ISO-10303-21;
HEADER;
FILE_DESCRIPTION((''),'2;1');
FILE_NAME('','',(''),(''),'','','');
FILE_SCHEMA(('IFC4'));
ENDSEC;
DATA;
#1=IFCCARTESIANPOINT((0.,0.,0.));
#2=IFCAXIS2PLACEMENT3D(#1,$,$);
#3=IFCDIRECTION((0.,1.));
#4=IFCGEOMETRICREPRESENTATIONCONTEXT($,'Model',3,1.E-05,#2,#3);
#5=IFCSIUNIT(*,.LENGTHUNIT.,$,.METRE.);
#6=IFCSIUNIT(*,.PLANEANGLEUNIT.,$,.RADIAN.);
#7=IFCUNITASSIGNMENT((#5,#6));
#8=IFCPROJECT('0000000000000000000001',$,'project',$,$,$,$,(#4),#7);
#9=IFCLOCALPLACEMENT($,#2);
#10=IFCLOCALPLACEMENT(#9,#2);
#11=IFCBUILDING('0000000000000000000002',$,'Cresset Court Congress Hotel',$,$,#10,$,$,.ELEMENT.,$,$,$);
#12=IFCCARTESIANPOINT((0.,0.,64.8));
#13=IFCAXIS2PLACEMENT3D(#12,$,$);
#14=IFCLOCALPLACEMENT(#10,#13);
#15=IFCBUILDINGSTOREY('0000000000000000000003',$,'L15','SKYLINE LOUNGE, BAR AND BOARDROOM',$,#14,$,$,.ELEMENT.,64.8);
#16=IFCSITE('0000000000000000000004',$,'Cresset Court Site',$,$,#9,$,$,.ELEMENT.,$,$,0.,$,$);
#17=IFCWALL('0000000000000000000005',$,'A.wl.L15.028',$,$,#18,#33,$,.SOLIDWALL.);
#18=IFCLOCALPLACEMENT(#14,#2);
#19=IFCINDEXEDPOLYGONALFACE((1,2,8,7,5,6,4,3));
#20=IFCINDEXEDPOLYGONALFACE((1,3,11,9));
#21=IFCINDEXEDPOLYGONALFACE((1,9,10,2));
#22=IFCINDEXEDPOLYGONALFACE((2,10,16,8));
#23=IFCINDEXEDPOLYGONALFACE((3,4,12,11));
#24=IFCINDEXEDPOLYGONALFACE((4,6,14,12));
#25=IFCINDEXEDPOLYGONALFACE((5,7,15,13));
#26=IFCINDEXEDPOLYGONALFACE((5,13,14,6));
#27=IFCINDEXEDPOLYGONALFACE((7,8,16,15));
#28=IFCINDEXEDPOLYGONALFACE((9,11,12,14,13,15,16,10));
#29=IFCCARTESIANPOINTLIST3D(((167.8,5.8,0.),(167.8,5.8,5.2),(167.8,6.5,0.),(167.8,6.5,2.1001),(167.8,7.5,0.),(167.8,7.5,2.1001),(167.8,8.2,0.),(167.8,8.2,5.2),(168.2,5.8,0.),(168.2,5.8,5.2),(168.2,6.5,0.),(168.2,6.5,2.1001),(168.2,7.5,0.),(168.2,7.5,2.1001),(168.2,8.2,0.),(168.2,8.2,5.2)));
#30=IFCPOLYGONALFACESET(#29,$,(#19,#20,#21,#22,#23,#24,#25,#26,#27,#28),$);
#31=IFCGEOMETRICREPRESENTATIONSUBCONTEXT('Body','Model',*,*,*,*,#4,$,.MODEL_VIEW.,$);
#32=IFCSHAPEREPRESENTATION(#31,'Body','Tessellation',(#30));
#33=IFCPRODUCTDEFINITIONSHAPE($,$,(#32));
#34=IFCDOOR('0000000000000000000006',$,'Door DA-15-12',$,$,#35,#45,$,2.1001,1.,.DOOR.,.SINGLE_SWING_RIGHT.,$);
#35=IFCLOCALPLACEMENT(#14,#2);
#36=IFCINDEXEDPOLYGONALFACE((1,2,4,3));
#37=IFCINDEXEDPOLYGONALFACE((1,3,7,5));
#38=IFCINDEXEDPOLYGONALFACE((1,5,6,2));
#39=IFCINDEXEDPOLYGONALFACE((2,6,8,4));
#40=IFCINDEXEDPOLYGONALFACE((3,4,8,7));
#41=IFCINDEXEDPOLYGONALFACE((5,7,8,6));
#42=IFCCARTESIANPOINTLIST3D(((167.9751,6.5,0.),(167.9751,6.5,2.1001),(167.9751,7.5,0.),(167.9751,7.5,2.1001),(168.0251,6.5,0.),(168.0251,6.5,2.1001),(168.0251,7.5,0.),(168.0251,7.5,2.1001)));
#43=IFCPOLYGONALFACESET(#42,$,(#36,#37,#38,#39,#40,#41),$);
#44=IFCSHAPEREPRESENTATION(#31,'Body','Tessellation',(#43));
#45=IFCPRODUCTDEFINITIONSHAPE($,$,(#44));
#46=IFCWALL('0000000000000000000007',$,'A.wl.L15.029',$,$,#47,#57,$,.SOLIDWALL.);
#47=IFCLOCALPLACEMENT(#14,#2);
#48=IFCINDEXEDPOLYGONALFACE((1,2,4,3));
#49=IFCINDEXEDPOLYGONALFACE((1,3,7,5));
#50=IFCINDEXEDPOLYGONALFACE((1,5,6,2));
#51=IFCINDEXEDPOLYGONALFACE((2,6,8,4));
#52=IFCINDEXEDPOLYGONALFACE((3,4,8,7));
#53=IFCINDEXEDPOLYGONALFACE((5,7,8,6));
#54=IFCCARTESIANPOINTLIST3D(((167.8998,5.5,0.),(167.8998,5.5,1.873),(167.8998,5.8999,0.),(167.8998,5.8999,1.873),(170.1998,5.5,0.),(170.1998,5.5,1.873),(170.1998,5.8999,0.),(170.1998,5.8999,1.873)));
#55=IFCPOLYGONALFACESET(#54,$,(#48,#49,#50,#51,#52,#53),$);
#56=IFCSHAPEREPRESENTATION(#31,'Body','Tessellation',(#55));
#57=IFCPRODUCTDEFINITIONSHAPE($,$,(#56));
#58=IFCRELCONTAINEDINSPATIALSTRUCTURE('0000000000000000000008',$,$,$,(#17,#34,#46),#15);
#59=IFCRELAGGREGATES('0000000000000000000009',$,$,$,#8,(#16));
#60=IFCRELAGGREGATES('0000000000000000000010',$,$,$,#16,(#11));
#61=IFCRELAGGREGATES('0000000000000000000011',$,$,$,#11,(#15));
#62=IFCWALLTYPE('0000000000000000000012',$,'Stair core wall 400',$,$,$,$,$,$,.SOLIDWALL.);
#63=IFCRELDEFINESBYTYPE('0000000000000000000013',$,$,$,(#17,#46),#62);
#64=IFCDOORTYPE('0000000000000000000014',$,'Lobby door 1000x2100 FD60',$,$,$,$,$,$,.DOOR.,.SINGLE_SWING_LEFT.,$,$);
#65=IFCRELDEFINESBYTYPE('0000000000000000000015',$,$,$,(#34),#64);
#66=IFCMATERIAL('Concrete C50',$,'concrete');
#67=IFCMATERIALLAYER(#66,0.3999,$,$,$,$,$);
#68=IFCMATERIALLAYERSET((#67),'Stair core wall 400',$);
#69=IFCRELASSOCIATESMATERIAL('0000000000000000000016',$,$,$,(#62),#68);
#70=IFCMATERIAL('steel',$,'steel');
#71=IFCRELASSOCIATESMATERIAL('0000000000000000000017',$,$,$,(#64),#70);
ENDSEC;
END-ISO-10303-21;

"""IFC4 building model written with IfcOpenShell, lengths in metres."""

from ifc_helpers import new_model, si_unit, direction, frame, frame_2d, origin, place, context, subcontext, project, spatial, rectangle, extrude, material, layer, layer_set, type_object, element, fill, save


model = new_model("IFC4")

# Units and contexts
model_context = context("Model", 3, precision=1e-05, world=origin(), true_north=direction((0.0, 1.0)))
body_context = subcontext(model_context, "Body", "Model", "MODEL_VIEW")
ifc_project = project(units=[si_unit("LENGTHUNIT", "METRE"), si_unit("PLANEANGLEUNIT", "RADIAN")], contexts=[model_context])

# Site, building, storey
site_placement = place(None, origin())
site = spatial("IfcSite", under=ifc_project, at=site_placement, Name="Cresset Court Site", CompositionType="ELEMENT", RefElevation=0.0)
building_placement = place(site_placement, origin())
building = spatial("IfcBuilding", under=site, at=building_placement, Name="Cresset Court Congress Hotel", CompositionType="ELEMENT")
storey_placement = place(building_placement, frame((0.0, 0.0, 64.8)))
storey = spatial("IfcBuildingStorey", under=building, at=storey_placement, Name="L15", Description="SKYLINE LOUNGE, BAR AND BOARDROOM", CompositionType="ELEMENT", Elevation=64.8)

# Shared definitions
ifc_material_1 = material(Name="Concrete C50", Category="concrete")
ifc_layer_1 = layer(ifc_material_1, 0.3999)
ifc_layer_set_1 = layer_set([ifc_layer_1], Name="Stair core wall 400")
wall_type_1 = type_object("IfcWallType", Name="Stair core wall 400", PredefinedType="SOLIDWALL", material=ifc_layer_set_1)

# Wall, opening, door
wall_1_placement = place(storey_placement, frame((168.0, 5.8, 0.0), z_axis=(0.0, 0.0, 1.0), x_axis=(0.0, 1.0, 0.0)))
wall_1 = element("IfcWall", 1, at=wall_1_placement, inside=storey, type_object=wall_type_1, Name="A.wl.L15.028", PredefinedType="SOLIDWALL", context=body_context, shape_type="SweptSolid", body=[
    extrude(rectangle(XDim=2.3999, YDim=0.3999, at=frame_2d((1.2, 0.0))), origin(), (0.0, 0.0, 1.0), 5.2),
])
opening_1_placement = place(wall_1_placement, frame((0.7, 0.0, 0.0)))
opening_1 = element("IfcOpeningElement", 2, at=opening_1_placement, cuts=wall_1, PredefinedType="OPENING", context=body_context, shape_type="SweptSolid", body=[
    extrude(rectangle(XDim=1.0, YDim=2.1001, at=frame_2d((0.5, 1.05))), frame((0.0, 0.21, 0.0), z_axis=(0.0, -1.0, 0.0), x_axis=(1.0, 0.0, 0.0)), (0.0, 0.0, 1.0), 0.4199),
])
ifc_material_2 = material(Name="steel", Category="steel")
door_type_1 = type_object("IfcDoorType", Name="Lobby door 1000x2100 FD60", OperationType="SINGLE_SWING_LEFT", PredefinedType="DOOR", material=ifc_material_2)
door_1_placement = place(opening_1_placement, origin())
door_1 = element("IfcDoor", 3, at=door_1_placement, inside=storey, type_object=door_type_1, Name="Door DA-15-12", OperationType="SINGLE_SWING_RIGHT", OverallHeight=2.1001, OverallWidth=1.0, PredefinedType="DOOR", context=body_context, shape_type="SweptSolid", body=[
    extrude(rectangle(XDim=1.0, YDim=2.1001, at=frame_2d((0.5, 1.05))), frame((0.0, 0.0249, 0.0), z_axis=(0.0, -1.0, 0.0), x_axis=(1.0, 0.0, 0.0)), (0.0, 0.0, 1.0), 0.05),
])
fill(opening_1, door_1)

# Wall
wall_2_placement = place(storey_placement, frame((167.8999, 5.7, 0.0), z_axis=(0.0, 0.0, 1.0), x_axis=(1.0, 0.0, 0.0)))
element("IfcWall", 4, at=wall_2_placement, inside=storey, type_object=wall_type_1, Name="A.wl.L15.029", PredefinedType="SOLIDWALL", context=body_context, shape_type="SweptSolid", body=[
    extrude(rectangle(XDim=2.3, YDim=0.3999, at=frame_2d((1.1499, 0.0))), origin(), (0.0, 0.0, 1.0), 1.873),
])

save(model, "model.ifc")
